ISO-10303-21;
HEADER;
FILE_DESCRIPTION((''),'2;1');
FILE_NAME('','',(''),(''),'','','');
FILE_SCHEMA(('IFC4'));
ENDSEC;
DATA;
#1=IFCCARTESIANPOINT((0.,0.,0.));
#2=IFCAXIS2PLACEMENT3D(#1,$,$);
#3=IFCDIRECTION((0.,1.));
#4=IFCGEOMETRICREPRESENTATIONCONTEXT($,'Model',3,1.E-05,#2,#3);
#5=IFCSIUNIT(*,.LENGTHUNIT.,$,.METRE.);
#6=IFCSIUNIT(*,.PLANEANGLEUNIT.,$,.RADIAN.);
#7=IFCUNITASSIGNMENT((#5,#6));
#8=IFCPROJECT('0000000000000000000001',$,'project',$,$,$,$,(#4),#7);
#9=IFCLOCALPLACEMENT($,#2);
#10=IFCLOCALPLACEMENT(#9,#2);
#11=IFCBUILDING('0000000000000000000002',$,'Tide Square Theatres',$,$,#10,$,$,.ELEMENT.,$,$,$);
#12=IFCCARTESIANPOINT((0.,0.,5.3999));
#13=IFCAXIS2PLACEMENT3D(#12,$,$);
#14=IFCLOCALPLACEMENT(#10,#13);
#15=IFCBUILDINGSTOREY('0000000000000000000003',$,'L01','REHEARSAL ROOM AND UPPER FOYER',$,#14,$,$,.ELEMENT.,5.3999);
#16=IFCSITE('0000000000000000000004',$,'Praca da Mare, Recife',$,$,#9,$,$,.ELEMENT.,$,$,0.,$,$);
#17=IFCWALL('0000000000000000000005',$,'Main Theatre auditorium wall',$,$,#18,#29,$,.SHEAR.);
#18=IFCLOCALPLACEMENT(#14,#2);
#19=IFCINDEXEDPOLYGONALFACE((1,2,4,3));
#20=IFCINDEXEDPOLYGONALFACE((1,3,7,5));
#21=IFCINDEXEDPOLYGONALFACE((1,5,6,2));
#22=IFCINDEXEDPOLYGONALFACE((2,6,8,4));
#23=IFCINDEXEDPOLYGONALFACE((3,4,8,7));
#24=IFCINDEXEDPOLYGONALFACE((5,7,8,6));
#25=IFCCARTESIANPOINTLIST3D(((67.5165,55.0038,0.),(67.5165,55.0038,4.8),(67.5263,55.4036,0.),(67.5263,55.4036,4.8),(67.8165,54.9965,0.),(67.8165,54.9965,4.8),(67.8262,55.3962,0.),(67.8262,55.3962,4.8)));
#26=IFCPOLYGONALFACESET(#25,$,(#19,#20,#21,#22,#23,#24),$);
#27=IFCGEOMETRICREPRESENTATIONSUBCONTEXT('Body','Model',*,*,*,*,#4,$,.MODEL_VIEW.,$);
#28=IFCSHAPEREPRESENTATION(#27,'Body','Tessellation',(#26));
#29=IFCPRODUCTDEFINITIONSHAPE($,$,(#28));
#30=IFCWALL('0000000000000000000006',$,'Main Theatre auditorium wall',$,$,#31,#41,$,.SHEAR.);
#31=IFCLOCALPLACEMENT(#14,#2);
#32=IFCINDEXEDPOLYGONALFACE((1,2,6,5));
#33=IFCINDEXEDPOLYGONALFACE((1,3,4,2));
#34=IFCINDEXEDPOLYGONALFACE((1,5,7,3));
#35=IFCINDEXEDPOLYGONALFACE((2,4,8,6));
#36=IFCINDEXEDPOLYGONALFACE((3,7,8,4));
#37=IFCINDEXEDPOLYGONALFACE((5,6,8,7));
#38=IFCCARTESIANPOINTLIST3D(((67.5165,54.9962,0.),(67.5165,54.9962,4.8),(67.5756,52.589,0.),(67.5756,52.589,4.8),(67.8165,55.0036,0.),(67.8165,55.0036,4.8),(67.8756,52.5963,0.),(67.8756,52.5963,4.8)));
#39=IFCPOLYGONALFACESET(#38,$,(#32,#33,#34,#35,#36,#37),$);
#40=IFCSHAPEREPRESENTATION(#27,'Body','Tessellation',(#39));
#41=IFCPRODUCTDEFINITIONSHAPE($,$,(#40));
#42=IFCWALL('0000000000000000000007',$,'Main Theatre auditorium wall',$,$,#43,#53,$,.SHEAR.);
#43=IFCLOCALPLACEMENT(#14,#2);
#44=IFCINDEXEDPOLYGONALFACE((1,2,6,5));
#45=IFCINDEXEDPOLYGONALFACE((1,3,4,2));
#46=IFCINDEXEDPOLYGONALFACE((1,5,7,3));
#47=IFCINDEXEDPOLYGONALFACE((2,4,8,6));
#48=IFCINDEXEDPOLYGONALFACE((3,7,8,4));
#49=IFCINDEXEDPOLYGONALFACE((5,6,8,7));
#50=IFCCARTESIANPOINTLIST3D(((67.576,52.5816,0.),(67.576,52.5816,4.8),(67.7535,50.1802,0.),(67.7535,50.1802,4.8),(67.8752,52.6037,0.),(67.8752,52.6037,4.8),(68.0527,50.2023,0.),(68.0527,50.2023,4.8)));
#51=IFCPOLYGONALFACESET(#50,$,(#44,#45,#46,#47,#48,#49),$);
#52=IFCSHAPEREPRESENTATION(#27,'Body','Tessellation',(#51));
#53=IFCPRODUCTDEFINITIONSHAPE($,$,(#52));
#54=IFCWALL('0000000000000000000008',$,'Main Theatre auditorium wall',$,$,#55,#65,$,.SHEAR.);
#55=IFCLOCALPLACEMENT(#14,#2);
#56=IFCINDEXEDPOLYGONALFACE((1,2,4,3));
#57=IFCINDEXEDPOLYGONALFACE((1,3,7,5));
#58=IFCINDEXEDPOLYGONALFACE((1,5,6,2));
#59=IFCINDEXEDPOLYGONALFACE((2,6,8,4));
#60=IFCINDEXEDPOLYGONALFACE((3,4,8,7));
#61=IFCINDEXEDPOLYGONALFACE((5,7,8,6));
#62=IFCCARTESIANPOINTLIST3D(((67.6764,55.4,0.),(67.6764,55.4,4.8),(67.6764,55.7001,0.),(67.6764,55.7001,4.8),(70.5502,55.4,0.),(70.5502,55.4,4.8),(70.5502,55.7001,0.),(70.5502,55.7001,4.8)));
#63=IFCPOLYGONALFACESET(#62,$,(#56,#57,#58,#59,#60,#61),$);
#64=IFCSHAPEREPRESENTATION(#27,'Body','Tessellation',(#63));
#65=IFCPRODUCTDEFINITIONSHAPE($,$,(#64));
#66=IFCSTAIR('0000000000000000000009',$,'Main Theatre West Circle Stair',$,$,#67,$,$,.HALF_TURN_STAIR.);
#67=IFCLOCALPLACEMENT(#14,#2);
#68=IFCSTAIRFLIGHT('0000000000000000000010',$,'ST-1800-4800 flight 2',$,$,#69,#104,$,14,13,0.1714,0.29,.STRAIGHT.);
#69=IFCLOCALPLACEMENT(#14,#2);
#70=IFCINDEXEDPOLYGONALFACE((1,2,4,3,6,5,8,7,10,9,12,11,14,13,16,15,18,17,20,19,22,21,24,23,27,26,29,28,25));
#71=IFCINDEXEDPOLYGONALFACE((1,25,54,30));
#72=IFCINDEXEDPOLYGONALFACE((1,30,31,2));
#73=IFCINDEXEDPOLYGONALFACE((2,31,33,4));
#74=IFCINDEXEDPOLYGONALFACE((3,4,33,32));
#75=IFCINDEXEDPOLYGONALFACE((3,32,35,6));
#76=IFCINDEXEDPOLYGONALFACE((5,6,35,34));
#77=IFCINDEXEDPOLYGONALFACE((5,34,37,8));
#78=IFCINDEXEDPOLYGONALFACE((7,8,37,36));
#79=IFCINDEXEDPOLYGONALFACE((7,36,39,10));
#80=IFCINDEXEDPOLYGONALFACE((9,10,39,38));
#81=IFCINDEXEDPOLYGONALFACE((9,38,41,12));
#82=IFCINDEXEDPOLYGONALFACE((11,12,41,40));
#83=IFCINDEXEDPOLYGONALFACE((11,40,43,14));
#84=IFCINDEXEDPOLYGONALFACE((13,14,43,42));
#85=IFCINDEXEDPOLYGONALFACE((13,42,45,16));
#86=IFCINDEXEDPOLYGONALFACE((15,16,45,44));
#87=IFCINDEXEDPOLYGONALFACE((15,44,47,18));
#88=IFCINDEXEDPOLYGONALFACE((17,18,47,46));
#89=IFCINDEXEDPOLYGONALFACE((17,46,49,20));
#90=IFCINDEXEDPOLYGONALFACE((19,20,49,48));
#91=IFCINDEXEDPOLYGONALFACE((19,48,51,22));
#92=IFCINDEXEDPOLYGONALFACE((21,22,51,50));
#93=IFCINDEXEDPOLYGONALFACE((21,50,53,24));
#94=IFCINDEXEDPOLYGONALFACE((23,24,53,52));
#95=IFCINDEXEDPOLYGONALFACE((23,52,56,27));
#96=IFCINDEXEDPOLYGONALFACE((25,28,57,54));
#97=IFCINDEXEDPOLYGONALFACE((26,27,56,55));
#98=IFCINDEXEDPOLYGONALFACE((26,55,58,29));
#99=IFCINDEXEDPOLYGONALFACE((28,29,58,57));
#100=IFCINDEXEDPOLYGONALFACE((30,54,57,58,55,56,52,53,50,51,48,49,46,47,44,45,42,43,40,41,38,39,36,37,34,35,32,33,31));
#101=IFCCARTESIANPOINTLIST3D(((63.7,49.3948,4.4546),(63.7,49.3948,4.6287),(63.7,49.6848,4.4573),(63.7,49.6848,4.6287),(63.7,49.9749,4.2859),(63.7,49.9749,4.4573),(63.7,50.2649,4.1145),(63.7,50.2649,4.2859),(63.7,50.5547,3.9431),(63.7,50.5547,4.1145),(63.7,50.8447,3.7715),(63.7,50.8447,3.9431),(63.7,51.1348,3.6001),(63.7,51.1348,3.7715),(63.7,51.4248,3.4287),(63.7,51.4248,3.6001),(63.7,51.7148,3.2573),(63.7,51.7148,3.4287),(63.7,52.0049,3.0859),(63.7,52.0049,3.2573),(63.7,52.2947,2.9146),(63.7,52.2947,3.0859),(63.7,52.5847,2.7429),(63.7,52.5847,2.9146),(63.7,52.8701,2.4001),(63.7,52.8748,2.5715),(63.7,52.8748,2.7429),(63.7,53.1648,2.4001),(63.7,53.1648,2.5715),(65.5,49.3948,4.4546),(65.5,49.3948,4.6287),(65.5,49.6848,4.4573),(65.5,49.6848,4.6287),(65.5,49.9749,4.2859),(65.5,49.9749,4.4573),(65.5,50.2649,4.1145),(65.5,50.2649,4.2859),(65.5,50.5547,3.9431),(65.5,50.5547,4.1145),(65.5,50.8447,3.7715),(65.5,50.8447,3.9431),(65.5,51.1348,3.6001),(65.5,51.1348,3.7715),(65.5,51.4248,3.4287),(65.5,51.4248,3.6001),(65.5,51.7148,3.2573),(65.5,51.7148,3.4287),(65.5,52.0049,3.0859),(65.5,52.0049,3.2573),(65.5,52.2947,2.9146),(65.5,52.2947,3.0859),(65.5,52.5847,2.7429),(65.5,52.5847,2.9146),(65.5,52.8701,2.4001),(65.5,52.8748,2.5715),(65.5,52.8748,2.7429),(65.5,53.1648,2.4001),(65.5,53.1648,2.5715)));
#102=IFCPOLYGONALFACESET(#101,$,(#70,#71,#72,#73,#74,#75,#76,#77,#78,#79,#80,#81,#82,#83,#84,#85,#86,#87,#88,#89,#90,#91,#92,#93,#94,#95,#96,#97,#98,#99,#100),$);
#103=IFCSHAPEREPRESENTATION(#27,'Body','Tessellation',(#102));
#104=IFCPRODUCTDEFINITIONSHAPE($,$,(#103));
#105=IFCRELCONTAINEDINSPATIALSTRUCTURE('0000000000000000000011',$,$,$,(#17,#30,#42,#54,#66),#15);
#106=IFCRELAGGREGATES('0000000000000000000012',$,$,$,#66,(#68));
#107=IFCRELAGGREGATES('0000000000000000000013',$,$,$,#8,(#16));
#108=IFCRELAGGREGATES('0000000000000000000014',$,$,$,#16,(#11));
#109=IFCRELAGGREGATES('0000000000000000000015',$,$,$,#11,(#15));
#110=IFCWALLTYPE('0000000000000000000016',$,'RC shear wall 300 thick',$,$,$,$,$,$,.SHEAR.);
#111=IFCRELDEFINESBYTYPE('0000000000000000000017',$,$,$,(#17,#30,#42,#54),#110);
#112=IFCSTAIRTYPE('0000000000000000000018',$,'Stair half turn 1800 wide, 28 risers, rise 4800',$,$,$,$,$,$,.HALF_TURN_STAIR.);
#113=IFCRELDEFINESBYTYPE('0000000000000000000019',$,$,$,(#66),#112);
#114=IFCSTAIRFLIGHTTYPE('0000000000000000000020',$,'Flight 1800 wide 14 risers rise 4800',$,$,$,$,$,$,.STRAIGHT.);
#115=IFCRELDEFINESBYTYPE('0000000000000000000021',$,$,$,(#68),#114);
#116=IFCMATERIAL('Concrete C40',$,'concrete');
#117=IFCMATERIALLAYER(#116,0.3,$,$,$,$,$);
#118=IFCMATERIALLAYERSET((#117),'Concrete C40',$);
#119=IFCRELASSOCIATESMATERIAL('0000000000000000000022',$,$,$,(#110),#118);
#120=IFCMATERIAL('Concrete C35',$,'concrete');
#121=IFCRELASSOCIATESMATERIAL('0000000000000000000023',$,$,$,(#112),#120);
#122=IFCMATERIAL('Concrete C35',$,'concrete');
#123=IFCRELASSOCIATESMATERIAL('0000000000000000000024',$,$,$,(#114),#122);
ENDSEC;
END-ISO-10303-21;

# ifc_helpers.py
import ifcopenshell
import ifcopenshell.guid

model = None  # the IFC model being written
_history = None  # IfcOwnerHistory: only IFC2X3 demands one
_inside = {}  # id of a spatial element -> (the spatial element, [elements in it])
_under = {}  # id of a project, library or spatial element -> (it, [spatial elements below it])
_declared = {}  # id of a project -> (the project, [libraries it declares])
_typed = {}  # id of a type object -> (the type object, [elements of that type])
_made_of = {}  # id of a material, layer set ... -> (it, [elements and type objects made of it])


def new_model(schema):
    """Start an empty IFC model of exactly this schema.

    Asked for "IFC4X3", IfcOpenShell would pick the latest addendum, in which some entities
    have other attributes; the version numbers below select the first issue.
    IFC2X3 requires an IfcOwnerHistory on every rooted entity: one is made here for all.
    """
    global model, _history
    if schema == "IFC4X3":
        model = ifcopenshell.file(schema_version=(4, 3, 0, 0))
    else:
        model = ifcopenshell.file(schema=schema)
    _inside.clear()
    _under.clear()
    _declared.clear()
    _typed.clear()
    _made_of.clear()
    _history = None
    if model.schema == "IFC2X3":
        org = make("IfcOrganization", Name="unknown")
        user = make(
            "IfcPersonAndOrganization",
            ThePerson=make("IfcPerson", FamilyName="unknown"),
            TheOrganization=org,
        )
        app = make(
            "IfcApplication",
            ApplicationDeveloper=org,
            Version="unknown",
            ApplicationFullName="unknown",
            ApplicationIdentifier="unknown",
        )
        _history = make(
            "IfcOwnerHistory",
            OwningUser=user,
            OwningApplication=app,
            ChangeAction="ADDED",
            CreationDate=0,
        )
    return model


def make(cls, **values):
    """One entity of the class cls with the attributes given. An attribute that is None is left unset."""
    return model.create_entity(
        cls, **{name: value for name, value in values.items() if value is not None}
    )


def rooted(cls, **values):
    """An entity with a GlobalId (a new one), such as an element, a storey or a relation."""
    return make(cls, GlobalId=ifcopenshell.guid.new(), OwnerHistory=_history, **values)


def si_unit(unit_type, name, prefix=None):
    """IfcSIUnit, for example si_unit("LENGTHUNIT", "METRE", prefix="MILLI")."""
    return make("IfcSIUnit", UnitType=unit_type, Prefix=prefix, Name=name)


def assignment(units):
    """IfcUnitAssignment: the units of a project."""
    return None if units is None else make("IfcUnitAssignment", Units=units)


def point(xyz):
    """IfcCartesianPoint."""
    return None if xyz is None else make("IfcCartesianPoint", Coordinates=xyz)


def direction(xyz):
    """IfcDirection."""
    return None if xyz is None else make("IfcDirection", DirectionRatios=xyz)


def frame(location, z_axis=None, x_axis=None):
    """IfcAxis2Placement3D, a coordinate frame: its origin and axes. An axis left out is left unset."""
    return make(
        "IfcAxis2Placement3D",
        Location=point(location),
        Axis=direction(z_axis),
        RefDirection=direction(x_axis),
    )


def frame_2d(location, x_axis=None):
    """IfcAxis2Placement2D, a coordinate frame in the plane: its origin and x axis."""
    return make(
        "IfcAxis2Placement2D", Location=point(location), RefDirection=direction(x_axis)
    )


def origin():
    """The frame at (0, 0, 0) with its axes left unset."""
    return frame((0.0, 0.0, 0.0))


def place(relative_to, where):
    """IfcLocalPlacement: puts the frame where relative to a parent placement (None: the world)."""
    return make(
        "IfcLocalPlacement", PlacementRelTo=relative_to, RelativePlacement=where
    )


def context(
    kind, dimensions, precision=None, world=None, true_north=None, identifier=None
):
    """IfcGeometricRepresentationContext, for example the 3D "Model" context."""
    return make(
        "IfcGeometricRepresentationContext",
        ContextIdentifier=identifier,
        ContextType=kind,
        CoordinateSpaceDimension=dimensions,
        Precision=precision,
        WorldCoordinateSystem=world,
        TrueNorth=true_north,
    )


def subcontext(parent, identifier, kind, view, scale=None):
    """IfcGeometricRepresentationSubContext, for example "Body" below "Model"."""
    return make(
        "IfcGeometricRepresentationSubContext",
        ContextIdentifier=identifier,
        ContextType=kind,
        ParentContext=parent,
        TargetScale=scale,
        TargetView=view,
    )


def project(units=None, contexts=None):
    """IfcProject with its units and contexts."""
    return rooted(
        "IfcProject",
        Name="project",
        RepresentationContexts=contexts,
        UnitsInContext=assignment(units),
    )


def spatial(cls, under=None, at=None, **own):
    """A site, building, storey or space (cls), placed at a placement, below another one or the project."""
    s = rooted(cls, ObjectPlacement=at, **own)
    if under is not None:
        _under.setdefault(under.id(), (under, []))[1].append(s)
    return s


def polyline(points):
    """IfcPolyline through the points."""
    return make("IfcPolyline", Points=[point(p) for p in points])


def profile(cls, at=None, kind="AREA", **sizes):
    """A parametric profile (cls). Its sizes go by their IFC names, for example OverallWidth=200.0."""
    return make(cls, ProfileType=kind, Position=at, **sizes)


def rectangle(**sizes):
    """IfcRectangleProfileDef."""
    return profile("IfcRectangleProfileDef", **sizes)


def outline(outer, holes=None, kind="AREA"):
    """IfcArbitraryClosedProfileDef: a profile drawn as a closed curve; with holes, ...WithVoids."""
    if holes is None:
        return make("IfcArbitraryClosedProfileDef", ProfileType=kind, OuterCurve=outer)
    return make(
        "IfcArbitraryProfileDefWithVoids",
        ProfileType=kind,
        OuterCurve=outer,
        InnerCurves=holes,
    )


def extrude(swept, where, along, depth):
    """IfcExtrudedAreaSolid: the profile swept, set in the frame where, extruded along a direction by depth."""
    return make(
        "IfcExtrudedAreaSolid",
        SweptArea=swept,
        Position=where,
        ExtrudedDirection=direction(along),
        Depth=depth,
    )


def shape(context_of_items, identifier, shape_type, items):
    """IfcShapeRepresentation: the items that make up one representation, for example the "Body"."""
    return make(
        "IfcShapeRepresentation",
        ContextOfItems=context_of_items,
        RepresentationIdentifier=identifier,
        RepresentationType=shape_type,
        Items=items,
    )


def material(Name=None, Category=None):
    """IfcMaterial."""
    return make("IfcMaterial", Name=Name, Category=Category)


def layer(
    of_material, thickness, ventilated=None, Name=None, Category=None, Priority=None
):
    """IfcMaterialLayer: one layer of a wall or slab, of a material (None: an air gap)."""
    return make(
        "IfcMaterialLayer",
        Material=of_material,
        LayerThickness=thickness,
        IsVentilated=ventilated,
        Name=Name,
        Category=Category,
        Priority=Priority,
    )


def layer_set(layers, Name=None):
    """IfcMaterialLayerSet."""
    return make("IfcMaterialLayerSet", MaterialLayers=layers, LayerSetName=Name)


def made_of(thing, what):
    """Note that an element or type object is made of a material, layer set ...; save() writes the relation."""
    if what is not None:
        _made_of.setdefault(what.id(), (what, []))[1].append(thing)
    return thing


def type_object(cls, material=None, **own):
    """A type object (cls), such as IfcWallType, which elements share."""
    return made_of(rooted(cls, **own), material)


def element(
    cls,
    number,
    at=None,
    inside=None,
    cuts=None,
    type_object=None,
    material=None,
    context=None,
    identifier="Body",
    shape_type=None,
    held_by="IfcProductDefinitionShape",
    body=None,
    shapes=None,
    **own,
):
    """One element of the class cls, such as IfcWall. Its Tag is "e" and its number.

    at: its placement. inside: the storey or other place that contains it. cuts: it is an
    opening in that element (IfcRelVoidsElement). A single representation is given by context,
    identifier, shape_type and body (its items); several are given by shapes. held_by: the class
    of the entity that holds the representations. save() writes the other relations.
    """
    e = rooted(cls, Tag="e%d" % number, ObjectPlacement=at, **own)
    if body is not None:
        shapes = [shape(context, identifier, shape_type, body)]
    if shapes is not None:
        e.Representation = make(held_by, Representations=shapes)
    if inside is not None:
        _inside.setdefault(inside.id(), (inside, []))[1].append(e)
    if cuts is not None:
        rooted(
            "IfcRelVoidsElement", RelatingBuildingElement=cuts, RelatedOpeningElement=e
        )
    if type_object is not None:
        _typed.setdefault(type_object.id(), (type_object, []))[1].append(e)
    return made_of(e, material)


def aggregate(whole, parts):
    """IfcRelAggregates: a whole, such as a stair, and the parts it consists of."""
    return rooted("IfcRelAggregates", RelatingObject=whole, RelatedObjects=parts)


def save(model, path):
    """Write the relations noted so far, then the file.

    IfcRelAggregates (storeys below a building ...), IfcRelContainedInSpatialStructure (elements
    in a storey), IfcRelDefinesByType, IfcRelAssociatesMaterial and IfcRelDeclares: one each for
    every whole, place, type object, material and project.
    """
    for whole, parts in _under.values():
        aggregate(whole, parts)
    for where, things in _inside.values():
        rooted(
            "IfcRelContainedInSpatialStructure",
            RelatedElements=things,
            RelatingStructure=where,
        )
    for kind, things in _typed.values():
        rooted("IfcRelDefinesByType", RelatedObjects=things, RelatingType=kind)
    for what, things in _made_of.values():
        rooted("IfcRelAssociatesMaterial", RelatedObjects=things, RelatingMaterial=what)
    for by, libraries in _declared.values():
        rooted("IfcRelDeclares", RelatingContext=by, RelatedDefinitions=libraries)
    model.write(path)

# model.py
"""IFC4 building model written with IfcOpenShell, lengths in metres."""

from ifc_helpers import new_model, si_unit, direction, frame, frame_2d, origin, place, context, subcontext, project, spatial, polyline, rectangle, outline, extrude, material, layer, layer_set, type_object, element, aggregate, save


model = new_model("IFC4")

# Units and contexts
model_context = context("Model", 3, precision=1e-05, world=origin(), true_north=direction((0.0, 1.0)))
body_context = subcontext(model_context, "Body", "Model", "MODEL_VIEW")
ifc_project = project(units=[si_unit("LENGTHUNIT", "METRE"), si_unit("PLANEANGLEUNIT", "RADIAN")], contexts=[model_context])

# Site, building, storey
site_placement = place(None, origin())
site = spatial("IfcSite", under=ifc_project, at=site_placement, Name="Praca da Mare, Recife", CompositionType="ELEMENT", RefElevation=0.0)
building_placement = place(site_placement, origin())
building = spatial("IfcBuilding", under=site, at=building_placement, Name="Tide Square Theatres", CompositionType="ELEMENT")
storey_placement = place(building_placement, frame((0.0, 0.0, 5.3999)))
storey = spatial("IfcBuildingStorey", under=building, at=storey_placement, Name="L01", Description="REHEARSAL ROOM AND UPPER FOYER", CompositionType="ELEMENT", Elevation=5.3999)

# Walls
ifc_material_1 = material(Name="Concrete C40", Category="concrete")
ifc_layer_1 = layer(ifc_material_1, 0.3)
ifc_layer_set_1 = layer_set([ifc_layer_1], Name="Concrete C40")
wall_type_1 = type_object("IfcWallType", Name="RC shear wall 300 thick", PredefinedType="SHEAR", material=ifc_layer_set_1)
wall_1_placement = place(storey_placement, frame((67.6763, 55.3999, 0.0), z_axis=(0.0, 0.0, 1.0), x_axis=(-0.024413, -0.999702, 0.0)))
element("IfcWall", 1, at=wall_1_placement, inside=storey, type_object=wall_type_1, Name="Main Theatre auditorium wall", PredefinedType="SHEAR", context=body_context, shape_type="SweptSolid", body=[
    extrude(rectangle(XDim=0.3999, YDim=0.3, at=frame_2d((0.2, 0.0))), origin(), (0.0, 0.0, 1.0), 4.8),
])
for number, where, z_axis, x_axis, name in (
    (2, (67.6665, 55.0, 0.0), (0.0, 0.0, 1.0), (0.024536, -0.999699, 0.0), "Main Theatre auditorium wall"),
    (3, (67.7256, 52.5928, 0.0), (0.0, 0.0, 1.0), (0.073711, -0.99728, 0.0), "Main Theatre auditorium wall"),
):
    element("IfcWall", number, at=place(storey_placement, frame(where, z_axis=z_axis, x_axis=x_axis)), inside=storey, type_object=wall_type_1, Name=name, PredefinedType="SHEAR", context=body_context, shape_type="SweptSolid", body=[
        extrude(rectangle(XDim=2.408, YDim=0.3, at=frame_2d((1.2041, 0.0))), origin(), (0.0, 0.0, 1.0), 4.8),
    ])
wall_2_placement = place(storey_placement, frame((67.6763, 55.55, 0.0), z_axis=(0.0, 0.0, 1.0), x_axis=(1.0, 0.0, 0.0)))
element("IfcWall", 4, at=wall_2_placement, inside=storey, type_object=wall_type_1, Name="Main Theatre auditorium wall", PredefinedType="SHEAR", context=body_context, shape_type="SweptSolid", body=[
    extrude(rectangle(XDim=2.8738, YDim=0.3, at=frame_2d((1.437, 0.0))), origin(), (0.0, 0.0, 1.0), 4.8),
])

# Stair, stair flight
ifc_material_2 = material(Name="Concrete C35", Category="concrete")
stair_type = type_object("IfcStairType", Name="Stair half turn 1800 wide, 28 risers, rise 4800", PredefinedType="HALF_TURN_STAIR", material=ifc_material_2)
stair_placement = place(storey_placement, origin())
stair = element("IfcStair", 5, at=stair_placement, inside=storey, type_object=stair_type, Name="Main Theatre West Circle Stair", PredefinedType="HALF_TURN_STAIR")
ifc_material_3 = material(Name="Concrete C35", Category="concrete")
stair_flight_type = type_object("IfcStairFlightType", Name="Flight 1800 wide 14 risers rise 4800", PredefinedType="STRAIGHT", material=ifc_material_3)
stair_flight_placement = place(storey_placement, frame((64.6001, 53.1648, 2.4001), z_axis=(0.0, 0.0, 1.0), x_axis=(0.0, -1.0, 0.0)))
stair_flight = element("IfcStairFlight", 6, at=stair_flight_placement, type_object=stair_flight_type, Name="ST-1800-4800 flight 2", NumberOfRisers=14, NumberOfTreads=13, PredefinedType="STRAIGHT", RiserHeight=0.1714, TreadLength=0.29, context=body_context, shape_type="SweptSolid", body=[
    extrude(outline(polyline([(0.0, 0.0), (0.0, 0.1714), (0.29, 0.1714), (0.29, 0.3428), (0.5801, 0.3428), (0.5801, 0.5144), (0.8701, 0.5144), (0.8701, 0.6858), (1.1599, 0.6858), (1.1599, 0.8572), (1.45, 0.8572), (1.45, 1.0286), (1.74, 1.0286), (1.74, 1.2), (2.03, 1.2), (2.03, 1.3713), (2.3201, 1.3713), (2.3201, 1.543), (2.6101, 1.543), (2.6101, 1.7144), (2.8999, 1.7144), (2.8999, 1.8857), (3.1899, 1.8857), (3.1899, 2.0571), (3.48, 2.0571), (3.48, 2.2285), (3.77, 2.2285), (3.77, 2.3999), (3.77, 2.0544), (0.2947, 0.0), (0.0, 0.0)])), frame((0.0, 0.8999, 0.0), z_axis=(0.0, -1.0, 0.0), x_axis=(1.0, 0.0, 0.0)), (0.0, 0.0, 1.0), 1.8),
])
aggregate(stair, [stair_flight])

save(model, "model.ifc")
